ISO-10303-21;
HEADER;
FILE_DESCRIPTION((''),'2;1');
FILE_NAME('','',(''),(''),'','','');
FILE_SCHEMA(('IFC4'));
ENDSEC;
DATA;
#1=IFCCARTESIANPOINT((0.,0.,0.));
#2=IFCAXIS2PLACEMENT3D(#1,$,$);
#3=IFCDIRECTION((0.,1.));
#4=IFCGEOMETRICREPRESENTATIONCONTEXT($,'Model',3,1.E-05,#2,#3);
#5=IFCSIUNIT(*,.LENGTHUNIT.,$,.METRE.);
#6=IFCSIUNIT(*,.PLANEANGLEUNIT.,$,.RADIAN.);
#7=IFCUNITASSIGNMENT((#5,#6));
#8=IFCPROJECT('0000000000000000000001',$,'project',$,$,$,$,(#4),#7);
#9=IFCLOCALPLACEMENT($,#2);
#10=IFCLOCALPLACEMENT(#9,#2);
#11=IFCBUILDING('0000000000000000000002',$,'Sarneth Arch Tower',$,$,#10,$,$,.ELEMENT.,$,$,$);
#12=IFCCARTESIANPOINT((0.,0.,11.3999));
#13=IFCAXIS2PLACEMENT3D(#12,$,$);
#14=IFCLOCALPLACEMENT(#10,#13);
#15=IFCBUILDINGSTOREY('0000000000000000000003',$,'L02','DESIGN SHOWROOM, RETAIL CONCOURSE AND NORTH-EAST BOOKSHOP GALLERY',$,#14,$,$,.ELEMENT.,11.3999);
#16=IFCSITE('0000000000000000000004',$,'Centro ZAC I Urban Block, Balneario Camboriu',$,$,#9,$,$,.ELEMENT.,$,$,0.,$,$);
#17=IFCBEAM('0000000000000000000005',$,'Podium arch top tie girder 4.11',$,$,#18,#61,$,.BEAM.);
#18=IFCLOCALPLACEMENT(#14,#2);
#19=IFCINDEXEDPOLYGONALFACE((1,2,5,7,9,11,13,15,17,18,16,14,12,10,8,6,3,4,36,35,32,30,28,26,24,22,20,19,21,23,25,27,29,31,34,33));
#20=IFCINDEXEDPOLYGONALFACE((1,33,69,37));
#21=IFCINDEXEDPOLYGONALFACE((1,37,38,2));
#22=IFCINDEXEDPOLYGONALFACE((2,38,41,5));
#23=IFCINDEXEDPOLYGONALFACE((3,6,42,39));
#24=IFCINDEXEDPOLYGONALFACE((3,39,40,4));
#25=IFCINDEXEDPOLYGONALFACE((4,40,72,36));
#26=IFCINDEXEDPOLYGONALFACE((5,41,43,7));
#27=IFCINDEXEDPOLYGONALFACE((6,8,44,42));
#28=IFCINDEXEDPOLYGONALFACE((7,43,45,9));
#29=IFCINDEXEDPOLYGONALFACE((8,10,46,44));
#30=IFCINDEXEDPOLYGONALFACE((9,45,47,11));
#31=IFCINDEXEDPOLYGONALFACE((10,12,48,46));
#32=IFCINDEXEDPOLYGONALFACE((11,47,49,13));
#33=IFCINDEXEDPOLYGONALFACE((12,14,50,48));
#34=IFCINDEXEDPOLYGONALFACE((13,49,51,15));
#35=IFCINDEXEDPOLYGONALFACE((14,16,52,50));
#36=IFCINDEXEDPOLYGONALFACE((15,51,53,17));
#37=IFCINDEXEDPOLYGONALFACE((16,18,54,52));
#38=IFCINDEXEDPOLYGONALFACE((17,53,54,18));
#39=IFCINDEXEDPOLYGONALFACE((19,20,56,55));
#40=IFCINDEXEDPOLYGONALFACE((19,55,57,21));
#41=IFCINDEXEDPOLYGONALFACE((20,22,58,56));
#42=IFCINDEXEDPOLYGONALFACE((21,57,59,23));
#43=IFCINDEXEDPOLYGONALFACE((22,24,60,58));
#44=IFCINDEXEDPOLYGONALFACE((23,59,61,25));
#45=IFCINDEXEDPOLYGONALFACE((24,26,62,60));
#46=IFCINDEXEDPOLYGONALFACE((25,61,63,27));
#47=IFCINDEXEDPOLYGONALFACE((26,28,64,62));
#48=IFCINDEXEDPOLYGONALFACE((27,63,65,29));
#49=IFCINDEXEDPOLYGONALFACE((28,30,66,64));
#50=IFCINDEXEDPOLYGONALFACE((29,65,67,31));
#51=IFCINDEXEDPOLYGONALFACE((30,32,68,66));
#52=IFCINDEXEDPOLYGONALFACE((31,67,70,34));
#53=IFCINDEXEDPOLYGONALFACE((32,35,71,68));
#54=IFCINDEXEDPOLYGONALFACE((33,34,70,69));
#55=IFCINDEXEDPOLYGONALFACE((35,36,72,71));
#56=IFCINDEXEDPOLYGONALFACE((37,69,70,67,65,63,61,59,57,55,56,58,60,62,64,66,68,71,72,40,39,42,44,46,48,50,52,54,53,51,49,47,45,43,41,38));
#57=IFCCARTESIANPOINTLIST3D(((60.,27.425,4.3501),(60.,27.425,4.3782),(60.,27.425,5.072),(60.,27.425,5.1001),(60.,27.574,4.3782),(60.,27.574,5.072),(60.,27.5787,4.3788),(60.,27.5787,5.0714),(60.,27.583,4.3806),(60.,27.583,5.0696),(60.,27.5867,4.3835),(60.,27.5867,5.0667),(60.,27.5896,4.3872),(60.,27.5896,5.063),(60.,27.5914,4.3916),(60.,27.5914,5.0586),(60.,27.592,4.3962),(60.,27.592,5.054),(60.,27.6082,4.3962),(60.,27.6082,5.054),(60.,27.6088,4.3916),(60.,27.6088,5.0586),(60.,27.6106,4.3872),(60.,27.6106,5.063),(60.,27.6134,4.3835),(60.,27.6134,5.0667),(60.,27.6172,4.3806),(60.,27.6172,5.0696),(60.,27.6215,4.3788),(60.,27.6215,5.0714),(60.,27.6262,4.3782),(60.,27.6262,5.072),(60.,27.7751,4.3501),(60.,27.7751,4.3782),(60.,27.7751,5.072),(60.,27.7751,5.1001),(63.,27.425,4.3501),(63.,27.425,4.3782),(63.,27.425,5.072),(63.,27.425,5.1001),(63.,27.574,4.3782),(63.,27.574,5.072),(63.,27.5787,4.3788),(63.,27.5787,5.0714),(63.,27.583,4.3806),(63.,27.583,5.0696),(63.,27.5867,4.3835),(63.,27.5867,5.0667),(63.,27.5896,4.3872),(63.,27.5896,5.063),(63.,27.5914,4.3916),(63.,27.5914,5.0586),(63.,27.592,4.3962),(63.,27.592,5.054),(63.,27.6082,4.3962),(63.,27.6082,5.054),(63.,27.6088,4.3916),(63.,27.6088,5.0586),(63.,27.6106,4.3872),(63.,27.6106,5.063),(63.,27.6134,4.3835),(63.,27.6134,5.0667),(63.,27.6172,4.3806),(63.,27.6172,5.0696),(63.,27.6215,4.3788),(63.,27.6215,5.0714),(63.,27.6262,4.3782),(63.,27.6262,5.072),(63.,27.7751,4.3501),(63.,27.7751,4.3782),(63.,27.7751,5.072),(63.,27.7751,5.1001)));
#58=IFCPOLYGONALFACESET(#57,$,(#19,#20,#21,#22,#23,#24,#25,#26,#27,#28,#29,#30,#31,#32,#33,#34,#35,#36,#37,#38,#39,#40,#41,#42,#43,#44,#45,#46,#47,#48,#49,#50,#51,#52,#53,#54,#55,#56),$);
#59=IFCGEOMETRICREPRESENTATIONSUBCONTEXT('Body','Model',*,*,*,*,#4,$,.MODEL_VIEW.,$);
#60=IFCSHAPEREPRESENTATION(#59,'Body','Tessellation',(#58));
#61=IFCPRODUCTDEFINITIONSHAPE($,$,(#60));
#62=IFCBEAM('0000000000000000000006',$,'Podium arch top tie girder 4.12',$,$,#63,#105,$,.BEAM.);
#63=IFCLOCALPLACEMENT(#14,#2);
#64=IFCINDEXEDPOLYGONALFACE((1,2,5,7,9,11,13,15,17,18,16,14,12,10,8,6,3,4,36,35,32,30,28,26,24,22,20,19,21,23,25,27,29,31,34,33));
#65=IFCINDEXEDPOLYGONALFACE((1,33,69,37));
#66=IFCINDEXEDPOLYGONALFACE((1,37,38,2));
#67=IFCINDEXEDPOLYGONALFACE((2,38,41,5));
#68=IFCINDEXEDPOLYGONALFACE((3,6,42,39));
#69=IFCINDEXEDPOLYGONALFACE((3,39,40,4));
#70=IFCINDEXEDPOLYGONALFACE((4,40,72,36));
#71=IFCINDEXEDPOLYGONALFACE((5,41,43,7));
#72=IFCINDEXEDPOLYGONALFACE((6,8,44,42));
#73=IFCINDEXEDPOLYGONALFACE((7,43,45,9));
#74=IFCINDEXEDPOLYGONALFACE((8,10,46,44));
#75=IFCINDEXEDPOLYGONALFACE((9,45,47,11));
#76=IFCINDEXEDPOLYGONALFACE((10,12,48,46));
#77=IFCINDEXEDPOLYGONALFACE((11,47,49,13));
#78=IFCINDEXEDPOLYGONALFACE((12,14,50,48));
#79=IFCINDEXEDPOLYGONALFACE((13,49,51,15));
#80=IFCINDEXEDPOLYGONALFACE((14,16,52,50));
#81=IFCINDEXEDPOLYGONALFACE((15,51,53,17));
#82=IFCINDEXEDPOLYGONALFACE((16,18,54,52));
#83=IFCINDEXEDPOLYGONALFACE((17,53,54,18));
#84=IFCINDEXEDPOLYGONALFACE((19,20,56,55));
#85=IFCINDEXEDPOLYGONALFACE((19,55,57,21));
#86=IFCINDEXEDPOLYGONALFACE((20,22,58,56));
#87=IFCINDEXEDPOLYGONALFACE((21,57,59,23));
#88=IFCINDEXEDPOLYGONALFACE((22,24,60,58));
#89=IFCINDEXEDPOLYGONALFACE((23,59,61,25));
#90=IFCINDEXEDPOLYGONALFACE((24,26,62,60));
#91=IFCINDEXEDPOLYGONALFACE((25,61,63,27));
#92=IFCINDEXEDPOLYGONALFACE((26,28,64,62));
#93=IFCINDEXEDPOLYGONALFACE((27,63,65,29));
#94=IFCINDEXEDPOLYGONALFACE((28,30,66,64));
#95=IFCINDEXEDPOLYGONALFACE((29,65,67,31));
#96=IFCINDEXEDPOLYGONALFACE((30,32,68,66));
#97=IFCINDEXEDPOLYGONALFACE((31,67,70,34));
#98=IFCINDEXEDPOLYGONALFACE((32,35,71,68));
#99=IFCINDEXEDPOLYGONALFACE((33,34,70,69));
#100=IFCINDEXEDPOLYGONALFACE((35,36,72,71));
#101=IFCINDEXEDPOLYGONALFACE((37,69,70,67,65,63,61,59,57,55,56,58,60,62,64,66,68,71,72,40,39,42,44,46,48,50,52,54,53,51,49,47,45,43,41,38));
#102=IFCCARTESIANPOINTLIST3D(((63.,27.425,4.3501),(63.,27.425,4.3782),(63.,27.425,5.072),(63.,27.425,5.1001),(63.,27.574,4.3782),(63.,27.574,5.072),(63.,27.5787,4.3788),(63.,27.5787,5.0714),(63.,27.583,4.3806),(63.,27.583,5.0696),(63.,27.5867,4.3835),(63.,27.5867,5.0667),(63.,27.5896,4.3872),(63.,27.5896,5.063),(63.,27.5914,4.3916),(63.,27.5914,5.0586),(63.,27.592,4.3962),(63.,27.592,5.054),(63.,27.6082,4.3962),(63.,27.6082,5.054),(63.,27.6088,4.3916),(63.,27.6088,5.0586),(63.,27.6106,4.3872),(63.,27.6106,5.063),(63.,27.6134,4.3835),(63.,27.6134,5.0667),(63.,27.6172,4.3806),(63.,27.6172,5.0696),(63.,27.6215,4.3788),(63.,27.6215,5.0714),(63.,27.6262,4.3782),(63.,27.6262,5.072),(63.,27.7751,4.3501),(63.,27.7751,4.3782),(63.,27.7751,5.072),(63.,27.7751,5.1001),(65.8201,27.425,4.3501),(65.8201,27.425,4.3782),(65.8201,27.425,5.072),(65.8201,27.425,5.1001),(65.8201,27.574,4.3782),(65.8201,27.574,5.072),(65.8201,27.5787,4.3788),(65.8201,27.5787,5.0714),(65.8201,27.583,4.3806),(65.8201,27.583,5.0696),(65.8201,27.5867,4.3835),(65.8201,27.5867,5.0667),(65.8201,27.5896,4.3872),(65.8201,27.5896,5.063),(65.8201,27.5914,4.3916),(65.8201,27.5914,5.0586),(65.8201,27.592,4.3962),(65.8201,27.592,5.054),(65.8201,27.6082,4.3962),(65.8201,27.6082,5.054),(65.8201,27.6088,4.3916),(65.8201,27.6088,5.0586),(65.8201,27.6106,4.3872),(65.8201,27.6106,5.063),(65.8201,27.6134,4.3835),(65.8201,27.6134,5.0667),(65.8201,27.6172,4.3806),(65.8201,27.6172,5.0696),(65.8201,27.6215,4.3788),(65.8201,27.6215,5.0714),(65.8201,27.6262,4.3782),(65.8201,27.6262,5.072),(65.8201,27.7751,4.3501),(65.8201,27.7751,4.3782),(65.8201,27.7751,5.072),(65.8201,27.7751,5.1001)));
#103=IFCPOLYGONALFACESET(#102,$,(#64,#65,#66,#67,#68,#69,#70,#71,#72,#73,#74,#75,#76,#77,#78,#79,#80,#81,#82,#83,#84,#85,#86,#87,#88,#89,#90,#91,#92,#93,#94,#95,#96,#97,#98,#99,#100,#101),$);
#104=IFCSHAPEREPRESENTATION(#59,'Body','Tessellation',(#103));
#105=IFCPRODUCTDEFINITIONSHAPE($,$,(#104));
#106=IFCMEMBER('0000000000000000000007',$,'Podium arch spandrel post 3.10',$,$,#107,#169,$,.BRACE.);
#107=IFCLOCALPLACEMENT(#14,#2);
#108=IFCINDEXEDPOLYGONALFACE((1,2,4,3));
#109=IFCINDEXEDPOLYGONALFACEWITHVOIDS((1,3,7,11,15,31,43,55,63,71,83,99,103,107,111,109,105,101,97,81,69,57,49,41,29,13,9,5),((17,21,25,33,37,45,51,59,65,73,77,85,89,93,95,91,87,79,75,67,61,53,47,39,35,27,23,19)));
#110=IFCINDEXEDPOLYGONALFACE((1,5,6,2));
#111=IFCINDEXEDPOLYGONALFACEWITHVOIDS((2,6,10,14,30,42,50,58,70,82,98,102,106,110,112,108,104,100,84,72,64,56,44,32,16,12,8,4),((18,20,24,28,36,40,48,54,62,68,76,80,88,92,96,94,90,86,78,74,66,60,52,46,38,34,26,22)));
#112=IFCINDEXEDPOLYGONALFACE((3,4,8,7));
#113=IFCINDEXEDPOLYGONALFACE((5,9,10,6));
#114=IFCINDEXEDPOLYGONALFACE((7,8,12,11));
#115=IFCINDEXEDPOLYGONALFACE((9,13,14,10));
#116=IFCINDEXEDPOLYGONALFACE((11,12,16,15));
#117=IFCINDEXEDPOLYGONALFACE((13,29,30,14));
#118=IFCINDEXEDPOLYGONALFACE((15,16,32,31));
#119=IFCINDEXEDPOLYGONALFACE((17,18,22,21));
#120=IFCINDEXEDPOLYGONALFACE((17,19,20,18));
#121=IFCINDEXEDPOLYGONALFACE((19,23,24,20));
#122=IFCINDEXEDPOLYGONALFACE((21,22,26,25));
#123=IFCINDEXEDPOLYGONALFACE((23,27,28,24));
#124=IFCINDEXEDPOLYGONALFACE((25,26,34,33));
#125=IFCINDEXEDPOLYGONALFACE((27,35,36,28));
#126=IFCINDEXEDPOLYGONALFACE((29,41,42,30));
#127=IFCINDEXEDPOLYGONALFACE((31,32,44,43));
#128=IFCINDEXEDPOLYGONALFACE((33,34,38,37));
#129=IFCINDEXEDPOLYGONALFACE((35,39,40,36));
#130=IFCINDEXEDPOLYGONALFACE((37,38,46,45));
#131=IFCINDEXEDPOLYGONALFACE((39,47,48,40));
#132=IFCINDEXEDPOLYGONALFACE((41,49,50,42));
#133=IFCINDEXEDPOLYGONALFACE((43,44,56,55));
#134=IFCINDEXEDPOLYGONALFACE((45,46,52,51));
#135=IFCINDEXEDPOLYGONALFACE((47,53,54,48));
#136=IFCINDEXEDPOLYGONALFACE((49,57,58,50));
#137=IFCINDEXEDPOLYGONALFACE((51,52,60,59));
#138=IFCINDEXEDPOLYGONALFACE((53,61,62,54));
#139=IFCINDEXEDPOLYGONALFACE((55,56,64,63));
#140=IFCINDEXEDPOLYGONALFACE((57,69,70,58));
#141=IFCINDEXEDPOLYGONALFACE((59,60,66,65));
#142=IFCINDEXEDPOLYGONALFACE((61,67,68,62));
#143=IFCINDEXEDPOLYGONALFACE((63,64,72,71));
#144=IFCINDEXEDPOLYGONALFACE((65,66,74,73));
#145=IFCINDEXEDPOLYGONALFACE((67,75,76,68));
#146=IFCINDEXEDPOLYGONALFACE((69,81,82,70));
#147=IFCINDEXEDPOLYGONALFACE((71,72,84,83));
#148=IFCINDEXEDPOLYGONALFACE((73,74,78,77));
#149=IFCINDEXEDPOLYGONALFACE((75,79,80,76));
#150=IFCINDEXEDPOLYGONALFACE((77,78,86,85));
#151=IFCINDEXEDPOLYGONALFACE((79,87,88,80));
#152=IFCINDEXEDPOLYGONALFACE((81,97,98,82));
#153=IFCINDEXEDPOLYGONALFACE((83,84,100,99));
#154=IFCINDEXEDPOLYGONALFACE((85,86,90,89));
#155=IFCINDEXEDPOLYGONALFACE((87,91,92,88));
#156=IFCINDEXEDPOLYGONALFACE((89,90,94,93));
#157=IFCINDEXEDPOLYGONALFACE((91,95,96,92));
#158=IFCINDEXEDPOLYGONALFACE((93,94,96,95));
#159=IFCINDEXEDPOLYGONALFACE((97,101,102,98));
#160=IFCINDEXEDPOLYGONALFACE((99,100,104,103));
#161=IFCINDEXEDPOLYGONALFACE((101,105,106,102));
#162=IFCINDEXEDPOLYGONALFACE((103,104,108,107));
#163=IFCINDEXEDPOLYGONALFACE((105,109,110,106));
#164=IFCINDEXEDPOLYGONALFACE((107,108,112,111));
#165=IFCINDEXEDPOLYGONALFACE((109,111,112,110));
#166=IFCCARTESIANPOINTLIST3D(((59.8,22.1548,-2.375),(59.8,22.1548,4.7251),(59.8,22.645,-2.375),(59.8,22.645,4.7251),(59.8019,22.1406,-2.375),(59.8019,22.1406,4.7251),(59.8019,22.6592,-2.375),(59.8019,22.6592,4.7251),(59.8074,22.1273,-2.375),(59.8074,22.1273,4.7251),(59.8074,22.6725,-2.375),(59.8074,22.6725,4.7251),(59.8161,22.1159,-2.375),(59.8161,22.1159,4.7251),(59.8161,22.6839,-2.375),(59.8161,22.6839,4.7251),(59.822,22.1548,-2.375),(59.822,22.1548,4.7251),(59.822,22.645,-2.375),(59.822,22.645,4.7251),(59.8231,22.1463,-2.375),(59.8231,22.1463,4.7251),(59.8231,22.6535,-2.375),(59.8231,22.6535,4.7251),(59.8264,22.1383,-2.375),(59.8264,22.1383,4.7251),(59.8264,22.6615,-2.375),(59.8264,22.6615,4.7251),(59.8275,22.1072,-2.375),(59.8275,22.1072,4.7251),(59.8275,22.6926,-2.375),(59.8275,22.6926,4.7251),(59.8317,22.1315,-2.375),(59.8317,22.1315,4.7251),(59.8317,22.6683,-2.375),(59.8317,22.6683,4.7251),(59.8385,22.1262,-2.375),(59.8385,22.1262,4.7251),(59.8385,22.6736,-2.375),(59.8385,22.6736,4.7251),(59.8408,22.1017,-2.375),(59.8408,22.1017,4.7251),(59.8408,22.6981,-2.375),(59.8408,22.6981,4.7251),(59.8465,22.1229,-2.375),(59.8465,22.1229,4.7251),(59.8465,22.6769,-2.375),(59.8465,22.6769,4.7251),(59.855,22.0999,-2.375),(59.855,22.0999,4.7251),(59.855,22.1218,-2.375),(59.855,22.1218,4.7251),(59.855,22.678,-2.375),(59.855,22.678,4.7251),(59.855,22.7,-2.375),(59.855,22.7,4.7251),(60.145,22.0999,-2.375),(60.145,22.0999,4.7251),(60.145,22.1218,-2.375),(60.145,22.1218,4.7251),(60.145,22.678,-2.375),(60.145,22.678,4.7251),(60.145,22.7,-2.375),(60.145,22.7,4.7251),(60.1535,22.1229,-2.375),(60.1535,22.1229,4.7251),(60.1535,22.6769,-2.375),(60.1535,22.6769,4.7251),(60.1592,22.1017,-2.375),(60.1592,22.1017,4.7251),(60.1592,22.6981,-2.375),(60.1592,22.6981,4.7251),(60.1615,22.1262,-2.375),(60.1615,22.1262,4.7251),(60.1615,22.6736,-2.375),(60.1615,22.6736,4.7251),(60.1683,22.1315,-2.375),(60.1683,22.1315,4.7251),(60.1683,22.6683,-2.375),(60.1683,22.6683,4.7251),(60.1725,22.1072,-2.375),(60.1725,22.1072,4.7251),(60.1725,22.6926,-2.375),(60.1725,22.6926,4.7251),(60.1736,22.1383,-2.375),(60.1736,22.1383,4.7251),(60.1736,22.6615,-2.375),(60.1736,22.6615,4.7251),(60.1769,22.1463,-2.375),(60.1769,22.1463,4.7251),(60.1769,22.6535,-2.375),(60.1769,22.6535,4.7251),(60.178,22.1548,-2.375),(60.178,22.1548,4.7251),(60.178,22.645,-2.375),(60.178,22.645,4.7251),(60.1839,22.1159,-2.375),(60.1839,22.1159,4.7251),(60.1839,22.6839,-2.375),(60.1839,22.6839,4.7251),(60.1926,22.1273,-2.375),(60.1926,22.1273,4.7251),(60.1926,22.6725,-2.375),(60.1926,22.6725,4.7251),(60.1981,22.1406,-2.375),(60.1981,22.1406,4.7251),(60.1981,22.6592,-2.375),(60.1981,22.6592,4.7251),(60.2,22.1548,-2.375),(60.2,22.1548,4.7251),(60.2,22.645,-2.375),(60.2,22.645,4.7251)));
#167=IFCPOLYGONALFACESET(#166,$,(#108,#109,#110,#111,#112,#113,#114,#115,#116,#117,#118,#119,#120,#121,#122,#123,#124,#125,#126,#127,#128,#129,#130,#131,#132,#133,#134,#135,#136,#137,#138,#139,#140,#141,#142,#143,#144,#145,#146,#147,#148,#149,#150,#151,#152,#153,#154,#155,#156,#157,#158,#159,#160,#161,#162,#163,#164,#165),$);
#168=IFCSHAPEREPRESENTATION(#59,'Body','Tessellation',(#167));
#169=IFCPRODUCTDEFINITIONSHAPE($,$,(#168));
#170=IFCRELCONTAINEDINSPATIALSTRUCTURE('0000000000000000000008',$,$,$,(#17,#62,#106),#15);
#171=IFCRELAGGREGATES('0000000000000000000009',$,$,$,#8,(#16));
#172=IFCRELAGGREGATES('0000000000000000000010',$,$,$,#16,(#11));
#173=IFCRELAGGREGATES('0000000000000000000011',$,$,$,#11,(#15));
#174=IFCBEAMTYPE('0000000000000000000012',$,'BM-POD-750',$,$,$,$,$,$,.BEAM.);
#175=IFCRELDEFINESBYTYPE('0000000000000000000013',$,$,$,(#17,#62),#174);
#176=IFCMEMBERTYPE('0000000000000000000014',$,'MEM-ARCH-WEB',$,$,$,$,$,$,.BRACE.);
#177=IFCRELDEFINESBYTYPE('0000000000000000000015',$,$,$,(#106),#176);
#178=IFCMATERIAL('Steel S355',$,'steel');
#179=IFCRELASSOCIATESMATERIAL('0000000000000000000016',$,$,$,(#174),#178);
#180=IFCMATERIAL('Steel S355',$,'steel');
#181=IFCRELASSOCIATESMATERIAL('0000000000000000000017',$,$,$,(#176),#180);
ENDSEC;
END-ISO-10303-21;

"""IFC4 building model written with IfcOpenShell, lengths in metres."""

from ifc_helpers import new_model, si_unit, direction, frame, origin, origin_2d, place, context, subcontext, project, spatial, hollow_rectangle, i_section, extrude, material, material_profile, profile_set, type_object, element, save


model = new_model("IFC4")

# Units and contexts
model_context = context("Model", 3, precision=1e-05, world=origin(), true_north=direction((0.0, 1.0)))
body_context = subcontext(model_context, "Body", "Model", "MODEL_VIEW")
ifc_project = project(units=[si_unit("LENGTHUNIT", "METRE"), si_unit("PLANEANGLEUNIT", "RADIAN")], contexts=[model_context])

# Site, building, storey
site_placement = place(None, origin())
site = spatial("IfcSite", under=ifc_project, at=site_placement, Name="Centro ZAC I Urban Block, Balneario Camboriu", CompositionType="ELEMENT", RefElevation=0.0)
building_placement = place(site_placement, origin())
building = spatial("IfcBuilding", under=site, at=building_placement, Name="Sarneth Arch Tower", CompositionType="ELEMENT")
storey_placement = place(building_placement, frame((0.0, 0.0, 11.3999)))
storey = spatial("IfcBuildingStorey", under=building, at=storey_placement, Name="L02", Description="DESIGN SHOWROOM, RETAIL CONCOURSE AND NORTH-EAST BOOKSHOP GALLERY", CompositionType="ELEMENT", Elevation=11.3999)

# Beams
ifc_material_1 = material(Name="Steel S355", Category="steel")
ifc_material_profile_1 = material_profile(ifc_material_1, i_section(OverallWidth=0.3501, OverallDepth=0.75, WebThickness=0.0161, FlangeThickness=0.0281, FilletRadius=0.0181, at=origin_2d()), Name="CVS750x268")
ifc_profile_set_1 = profile_set([ifc_material_profile_1], Name="Steel S355")
beam_type = type_object("IfcBeamType", Name="BM-POD-750", PredefinedType="BEAM", material=ifc_profile_set_1)
for number, where, z_axis, x_axis, name in (
    (1, (60.0, 27.6001, 4.7251), (1.0, 0.0, 0.0), (0.0, 1.0, 0.0), "Podium arch top tie girder 4.11"),
):
    element("IfcBeam", number, at=place(storey_placement, frame(where, z_axis=z_axis, x_axis=x_axis)), inside=storey, type_object=beam_type, Name=name, PredefinedType="BEAM", context=body_context, shape_type="SweptSolid", body=[
        extrude(i_section(OverallWidth=0.3501, OverallDepth=0.75, WebThickness=0.0161, FlangeThickness=0.0281, FilletRadius=0.0181, at=origin_2d()), origin(), (0.0, 0.0, 1.0), 3.0),
    ])
beam_1_placement = place(storey_placement, frame((63.0, 27.6001, 4.7251), z_axis=(1.0, 0.0, 0.0), x_axis=(0.0, 1.0, 0.0)))
element("IfcBeam", 2, at=beam_1_placement, inside=storey, type_object=beam_type, Name="Podium arch top tie girder 4.12", PredefinedType="BEAM", context=body_context, shape_type="SweptSolid", body=[
    extrude(i_section(OverallWidth=0.3501, OverallDepth=0.75, WebThickness=0.0161, FlangeThickness=0.0281, FilletRadius=0.0181, at=origin_2d()), origin(), (0.0, 0.0, 1.0), 2.8201),
])

# Member
ifc_material_2 = material(Name="Steel S355", Category="steel")
ifc_material_profile_2 = material_profile(ifc_material_2, hollow_rectangle(XDim=0.3999, YDim=0.6001, WallThickness=0.022, InnerFilletRadius=0.033, OuterFilletRadius=0.0549, at=origin_2d()), Name="RHS600x400x22")
ifc_profile_set_2 = profile_set([ifc_material_profile_2], Name="Steel S355")
member_type = type_object("IfcMemberType", Name="MEM-ARCH-WEB", PredefinedType="BRACE", material=ifc_profile_set_2)
member_1_placement = place(storey_placement, frame((60.0, 22.3999, -2.375), z_axis=(0.0, 0.0, 1.0), x_axis=(1.0, 0.0, 0.0)))
element("IfcMember", 3, at=member_1_placement, inside=storey, type_object=member_type, Name="Podium arch spandrel post 3.10", PredefinedType="BRACE", context=body_context, shape_type="SweptSolid", body=[
    extrude(hollow_rectangle(XDim=0.3999, YDim=0.6001, WallThickness=0.022, InnerFilletRadius=0.033, OuterFilletRadius=0.0549, at=origin_2d()), origin(), (0.0, 0.0, 1.0), 7.1001),
])

save(model, "model.ifc")
